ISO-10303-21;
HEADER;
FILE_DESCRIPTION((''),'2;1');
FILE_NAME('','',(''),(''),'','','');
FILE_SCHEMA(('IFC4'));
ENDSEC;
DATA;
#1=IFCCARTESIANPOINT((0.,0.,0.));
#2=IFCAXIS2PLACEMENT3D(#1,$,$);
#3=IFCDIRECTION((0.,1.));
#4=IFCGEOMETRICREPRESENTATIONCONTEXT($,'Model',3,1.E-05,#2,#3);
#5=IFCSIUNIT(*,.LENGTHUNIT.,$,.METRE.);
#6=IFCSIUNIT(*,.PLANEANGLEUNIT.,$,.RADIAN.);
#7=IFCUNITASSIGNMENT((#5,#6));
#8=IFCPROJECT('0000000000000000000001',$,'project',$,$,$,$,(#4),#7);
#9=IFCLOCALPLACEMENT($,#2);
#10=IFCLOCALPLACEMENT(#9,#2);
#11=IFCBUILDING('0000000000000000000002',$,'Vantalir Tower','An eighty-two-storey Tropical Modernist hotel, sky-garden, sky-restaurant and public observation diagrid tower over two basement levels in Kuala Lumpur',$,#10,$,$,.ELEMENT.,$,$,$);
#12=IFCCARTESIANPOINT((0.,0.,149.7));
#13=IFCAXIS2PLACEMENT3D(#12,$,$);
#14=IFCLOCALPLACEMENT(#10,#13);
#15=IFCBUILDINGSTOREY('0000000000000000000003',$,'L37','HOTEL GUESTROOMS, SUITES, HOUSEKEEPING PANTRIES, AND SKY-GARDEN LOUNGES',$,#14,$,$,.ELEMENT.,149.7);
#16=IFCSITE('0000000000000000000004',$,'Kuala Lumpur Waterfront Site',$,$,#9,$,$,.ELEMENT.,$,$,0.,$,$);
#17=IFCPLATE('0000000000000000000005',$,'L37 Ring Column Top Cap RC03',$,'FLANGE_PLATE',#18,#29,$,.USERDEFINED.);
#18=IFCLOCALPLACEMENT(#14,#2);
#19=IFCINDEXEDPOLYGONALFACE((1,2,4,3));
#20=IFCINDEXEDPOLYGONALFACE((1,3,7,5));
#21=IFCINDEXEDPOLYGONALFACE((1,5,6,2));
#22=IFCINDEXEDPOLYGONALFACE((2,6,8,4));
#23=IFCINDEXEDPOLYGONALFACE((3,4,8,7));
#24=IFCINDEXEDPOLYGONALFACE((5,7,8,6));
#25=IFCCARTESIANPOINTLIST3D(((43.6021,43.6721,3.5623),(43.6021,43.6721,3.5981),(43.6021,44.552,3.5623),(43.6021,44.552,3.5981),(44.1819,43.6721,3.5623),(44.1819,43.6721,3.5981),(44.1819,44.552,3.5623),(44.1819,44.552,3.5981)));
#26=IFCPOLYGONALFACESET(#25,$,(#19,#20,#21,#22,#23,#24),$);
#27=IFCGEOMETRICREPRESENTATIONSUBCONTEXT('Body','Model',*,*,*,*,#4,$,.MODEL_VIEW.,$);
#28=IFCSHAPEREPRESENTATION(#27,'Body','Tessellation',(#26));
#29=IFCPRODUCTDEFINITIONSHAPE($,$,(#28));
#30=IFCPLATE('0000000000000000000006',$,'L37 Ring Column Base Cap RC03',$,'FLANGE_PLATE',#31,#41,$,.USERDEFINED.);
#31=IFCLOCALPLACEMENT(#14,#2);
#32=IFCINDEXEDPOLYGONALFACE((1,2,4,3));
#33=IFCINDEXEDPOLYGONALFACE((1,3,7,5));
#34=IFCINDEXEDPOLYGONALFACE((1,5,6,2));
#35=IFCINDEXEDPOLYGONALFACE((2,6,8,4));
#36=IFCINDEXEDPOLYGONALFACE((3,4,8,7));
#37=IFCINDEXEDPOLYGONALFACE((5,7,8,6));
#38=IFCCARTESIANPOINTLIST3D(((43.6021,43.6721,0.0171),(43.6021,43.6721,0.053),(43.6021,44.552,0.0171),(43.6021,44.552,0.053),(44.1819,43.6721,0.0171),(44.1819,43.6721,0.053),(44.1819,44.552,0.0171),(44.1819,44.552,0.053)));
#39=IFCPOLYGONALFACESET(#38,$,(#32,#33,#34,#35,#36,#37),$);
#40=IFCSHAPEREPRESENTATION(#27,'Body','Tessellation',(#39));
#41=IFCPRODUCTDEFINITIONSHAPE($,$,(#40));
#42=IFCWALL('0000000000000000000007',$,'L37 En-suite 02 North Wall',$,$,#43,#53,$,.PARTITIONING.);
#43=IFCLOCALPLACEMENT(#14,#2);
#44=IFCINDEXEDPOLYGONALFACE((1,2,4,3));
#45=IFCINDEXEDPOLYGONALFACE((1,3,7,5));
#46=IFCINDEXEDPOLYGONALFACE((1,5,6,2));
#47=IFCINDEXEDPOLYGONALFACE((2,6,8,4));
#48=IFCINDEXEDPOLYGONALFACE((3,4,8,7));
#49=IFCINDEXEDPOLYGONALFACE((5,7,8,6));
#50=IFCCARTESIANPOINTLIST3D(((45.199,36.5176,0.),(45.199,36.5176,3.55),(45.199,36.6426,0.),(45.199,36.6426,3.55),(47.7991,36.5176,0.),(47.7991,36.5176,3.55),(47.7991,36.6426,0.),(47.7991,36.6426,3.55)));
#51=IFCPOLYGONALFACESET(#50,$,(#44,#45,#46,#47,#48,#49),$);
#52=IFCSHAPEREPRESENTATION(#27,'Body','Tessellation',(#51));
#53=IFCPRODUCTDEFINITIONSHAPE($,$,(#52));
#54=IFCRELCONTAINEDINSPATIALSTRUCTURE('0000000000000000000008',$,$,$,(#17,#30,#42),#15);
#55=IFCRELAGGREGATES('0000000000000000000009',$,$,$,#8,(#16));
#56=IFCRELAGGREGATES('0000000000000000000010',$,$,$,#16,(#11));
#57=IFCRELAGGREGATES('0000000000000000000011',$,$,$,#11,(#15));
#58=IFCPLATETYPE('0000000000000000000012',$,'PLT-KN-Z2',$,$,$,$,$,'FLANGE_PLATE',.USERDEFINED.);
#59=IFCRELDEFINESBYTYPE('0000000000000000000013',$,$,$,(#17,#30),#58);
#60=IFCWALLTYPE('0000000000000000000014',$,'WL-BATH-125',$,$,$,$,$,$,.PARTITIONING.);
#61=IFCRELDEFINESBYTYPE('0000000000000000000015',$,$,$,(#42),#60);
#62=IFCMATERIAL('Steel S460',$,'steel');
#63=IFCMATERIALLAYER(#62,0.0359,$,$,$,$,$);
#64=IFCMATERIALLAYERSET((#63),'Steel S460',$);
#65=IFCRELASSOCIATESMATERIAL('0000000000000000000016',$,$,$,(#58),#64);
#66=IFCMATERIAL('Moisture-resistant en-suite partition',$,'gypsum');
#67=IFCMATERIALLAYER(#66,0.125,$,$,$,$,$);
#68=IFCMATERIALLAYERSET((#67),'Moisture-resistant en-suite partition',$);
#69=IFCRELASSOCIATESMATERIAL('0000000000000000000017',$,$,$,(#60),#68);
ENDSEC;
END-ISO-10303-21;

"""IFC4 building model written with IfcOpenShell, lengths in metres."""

from ifc_helpers import new_model, si_unit, direction, frame, frame_2d, origin, place, context, subcontext, project, spatial, polyline, rectangle, outline, extrude, material, layer, layer_set, type_object, element, save


model = new_model("IFC4")

# Units and contexts
model_context = context("Model", 3, precision=1e-05, world=origin(), true_north=direction((0.0, 1.0)))
body_context = subcontext(model_context, "Body", "Model", "MODEL_VIEW")
ifc_project = project(units=[si_unit("LENGTHUNIT", "METRE"), si_unit("PLANEANGLEUNIT", "RADIAN")], contexts=[model_context])

# Site, building, storey
site_placement = place(None, origin())
site = spatial("IfcSite", under=ifc_project, at=site_placement, Name="Kuala Lumpur Waterfront Site", CompositionType="ELEMENT", RefElevation=0.0)
building_placement = place(site_placement, origin())
building = spatial("IfcBuilding", under=site, at=building_placement, Name="Vantalir Tower", Description="An eighty-two-storey Tropical Modernist hotel, sky-garden, sky-restaurant and public observation diagrid tower over two basement levels in Kuala Lumpur", CompositionType="ELEMENT")
storey_placement = place(building_placement, frame((0.0, 0.0, 149.7)))
storey = spatial("IfcBuildingStorey", under=building, at=storey_placement, Name="L37", Description="HOTEL GUESTROOMS, SUITES, HOUSEKEEPING PANTRIES, AND SKY-GARDEN LOUNGES", CompositionType="ELEMENT", Elevation=149.7)

# Shared definitions
ifc_material_1 = material(Name="Steel S460", Category="steel")

# Plates
ifc_layer_1 = layer(ifc_material_1, 0.0359)
ifc_layer_set_1 = layer_set([ifc_layer_1], Name="Steel S460")
plate_type_1 = type_object("IfcPlateType", Name="PLT-KN-Z2", ElementType="FLANGE_PLATE", PredefinedType="USERDEFINED", material=ifc_layer_set_1)
for number, where, z_axis, x_axis, name in (
    (1, (43.6021, 44.552, 3.5981), (0.0, 0.0, 1.0), (0.0, -1.0, 0.0), "L37 Ring Column Top Cap RC03"),
    (2, (43.6021, 44.552, 0.053), (0.0, 0.0, 1.0), (0.0, -1.0, 0.0), "L37 Ring Column Base Cap RC03"),
):
    element("IfcPlate", number, at=place(storey_placement, frame(where, z_axis=z_axis, x_axis=x_axis)), inside=storey, type_object=plate_type_1, Name=name, ObjectType="FLANGE_PLATE", PredefinedType="USERDEFINED", context=body_context, shape_type="SweptSolid", body=[
        extrude(outline(polyline([(0.0, 0.0), (0.8799, 0.0), (0.8799, 0.5798), (0.0, 0.5798), (0.0, 0.0)])), origin(), (0.0, 0.0, -1.0), 0.0359),
    ])

# Wall
ifc_material_2 = material(Name="Moisture-resistant en-suite partition", Category="gypsum")
ifc_layer_2 = layer(ifc_material_2, 0.125)
ifc_layer_set_2 = layer_set([ifc_layer_2], Name="Moisture-resistant en-suite partition")
wall_type = type_object("IfcWallType", Name="WL-BATH-125", PredefinedType="PARTITIONING", material=ifc_layer_set_2)
wall_placement = place(storey_placement, frame((45.199, 36.5801, 0.0), z_axis=(0.0, 0.0, 1.0), x_axis=(1.0, 0.0, 0.0)))
element("IfcWall", 3, at=wall_placement, inside=storey, type_object=wall_type, Name="L37 En-suite 02 North Wall", PredefinedType="PARTITIONING", context=body_context, shape_type="SweptSolid", body=[
    extrude(rectangle(XDim=2.6001, YDim=0.125, at=frame_2d((1.3, 0.0))), origin(), (0.0, 0.0, 1.0), 3.55),
])

save(model, "model.ifc")
